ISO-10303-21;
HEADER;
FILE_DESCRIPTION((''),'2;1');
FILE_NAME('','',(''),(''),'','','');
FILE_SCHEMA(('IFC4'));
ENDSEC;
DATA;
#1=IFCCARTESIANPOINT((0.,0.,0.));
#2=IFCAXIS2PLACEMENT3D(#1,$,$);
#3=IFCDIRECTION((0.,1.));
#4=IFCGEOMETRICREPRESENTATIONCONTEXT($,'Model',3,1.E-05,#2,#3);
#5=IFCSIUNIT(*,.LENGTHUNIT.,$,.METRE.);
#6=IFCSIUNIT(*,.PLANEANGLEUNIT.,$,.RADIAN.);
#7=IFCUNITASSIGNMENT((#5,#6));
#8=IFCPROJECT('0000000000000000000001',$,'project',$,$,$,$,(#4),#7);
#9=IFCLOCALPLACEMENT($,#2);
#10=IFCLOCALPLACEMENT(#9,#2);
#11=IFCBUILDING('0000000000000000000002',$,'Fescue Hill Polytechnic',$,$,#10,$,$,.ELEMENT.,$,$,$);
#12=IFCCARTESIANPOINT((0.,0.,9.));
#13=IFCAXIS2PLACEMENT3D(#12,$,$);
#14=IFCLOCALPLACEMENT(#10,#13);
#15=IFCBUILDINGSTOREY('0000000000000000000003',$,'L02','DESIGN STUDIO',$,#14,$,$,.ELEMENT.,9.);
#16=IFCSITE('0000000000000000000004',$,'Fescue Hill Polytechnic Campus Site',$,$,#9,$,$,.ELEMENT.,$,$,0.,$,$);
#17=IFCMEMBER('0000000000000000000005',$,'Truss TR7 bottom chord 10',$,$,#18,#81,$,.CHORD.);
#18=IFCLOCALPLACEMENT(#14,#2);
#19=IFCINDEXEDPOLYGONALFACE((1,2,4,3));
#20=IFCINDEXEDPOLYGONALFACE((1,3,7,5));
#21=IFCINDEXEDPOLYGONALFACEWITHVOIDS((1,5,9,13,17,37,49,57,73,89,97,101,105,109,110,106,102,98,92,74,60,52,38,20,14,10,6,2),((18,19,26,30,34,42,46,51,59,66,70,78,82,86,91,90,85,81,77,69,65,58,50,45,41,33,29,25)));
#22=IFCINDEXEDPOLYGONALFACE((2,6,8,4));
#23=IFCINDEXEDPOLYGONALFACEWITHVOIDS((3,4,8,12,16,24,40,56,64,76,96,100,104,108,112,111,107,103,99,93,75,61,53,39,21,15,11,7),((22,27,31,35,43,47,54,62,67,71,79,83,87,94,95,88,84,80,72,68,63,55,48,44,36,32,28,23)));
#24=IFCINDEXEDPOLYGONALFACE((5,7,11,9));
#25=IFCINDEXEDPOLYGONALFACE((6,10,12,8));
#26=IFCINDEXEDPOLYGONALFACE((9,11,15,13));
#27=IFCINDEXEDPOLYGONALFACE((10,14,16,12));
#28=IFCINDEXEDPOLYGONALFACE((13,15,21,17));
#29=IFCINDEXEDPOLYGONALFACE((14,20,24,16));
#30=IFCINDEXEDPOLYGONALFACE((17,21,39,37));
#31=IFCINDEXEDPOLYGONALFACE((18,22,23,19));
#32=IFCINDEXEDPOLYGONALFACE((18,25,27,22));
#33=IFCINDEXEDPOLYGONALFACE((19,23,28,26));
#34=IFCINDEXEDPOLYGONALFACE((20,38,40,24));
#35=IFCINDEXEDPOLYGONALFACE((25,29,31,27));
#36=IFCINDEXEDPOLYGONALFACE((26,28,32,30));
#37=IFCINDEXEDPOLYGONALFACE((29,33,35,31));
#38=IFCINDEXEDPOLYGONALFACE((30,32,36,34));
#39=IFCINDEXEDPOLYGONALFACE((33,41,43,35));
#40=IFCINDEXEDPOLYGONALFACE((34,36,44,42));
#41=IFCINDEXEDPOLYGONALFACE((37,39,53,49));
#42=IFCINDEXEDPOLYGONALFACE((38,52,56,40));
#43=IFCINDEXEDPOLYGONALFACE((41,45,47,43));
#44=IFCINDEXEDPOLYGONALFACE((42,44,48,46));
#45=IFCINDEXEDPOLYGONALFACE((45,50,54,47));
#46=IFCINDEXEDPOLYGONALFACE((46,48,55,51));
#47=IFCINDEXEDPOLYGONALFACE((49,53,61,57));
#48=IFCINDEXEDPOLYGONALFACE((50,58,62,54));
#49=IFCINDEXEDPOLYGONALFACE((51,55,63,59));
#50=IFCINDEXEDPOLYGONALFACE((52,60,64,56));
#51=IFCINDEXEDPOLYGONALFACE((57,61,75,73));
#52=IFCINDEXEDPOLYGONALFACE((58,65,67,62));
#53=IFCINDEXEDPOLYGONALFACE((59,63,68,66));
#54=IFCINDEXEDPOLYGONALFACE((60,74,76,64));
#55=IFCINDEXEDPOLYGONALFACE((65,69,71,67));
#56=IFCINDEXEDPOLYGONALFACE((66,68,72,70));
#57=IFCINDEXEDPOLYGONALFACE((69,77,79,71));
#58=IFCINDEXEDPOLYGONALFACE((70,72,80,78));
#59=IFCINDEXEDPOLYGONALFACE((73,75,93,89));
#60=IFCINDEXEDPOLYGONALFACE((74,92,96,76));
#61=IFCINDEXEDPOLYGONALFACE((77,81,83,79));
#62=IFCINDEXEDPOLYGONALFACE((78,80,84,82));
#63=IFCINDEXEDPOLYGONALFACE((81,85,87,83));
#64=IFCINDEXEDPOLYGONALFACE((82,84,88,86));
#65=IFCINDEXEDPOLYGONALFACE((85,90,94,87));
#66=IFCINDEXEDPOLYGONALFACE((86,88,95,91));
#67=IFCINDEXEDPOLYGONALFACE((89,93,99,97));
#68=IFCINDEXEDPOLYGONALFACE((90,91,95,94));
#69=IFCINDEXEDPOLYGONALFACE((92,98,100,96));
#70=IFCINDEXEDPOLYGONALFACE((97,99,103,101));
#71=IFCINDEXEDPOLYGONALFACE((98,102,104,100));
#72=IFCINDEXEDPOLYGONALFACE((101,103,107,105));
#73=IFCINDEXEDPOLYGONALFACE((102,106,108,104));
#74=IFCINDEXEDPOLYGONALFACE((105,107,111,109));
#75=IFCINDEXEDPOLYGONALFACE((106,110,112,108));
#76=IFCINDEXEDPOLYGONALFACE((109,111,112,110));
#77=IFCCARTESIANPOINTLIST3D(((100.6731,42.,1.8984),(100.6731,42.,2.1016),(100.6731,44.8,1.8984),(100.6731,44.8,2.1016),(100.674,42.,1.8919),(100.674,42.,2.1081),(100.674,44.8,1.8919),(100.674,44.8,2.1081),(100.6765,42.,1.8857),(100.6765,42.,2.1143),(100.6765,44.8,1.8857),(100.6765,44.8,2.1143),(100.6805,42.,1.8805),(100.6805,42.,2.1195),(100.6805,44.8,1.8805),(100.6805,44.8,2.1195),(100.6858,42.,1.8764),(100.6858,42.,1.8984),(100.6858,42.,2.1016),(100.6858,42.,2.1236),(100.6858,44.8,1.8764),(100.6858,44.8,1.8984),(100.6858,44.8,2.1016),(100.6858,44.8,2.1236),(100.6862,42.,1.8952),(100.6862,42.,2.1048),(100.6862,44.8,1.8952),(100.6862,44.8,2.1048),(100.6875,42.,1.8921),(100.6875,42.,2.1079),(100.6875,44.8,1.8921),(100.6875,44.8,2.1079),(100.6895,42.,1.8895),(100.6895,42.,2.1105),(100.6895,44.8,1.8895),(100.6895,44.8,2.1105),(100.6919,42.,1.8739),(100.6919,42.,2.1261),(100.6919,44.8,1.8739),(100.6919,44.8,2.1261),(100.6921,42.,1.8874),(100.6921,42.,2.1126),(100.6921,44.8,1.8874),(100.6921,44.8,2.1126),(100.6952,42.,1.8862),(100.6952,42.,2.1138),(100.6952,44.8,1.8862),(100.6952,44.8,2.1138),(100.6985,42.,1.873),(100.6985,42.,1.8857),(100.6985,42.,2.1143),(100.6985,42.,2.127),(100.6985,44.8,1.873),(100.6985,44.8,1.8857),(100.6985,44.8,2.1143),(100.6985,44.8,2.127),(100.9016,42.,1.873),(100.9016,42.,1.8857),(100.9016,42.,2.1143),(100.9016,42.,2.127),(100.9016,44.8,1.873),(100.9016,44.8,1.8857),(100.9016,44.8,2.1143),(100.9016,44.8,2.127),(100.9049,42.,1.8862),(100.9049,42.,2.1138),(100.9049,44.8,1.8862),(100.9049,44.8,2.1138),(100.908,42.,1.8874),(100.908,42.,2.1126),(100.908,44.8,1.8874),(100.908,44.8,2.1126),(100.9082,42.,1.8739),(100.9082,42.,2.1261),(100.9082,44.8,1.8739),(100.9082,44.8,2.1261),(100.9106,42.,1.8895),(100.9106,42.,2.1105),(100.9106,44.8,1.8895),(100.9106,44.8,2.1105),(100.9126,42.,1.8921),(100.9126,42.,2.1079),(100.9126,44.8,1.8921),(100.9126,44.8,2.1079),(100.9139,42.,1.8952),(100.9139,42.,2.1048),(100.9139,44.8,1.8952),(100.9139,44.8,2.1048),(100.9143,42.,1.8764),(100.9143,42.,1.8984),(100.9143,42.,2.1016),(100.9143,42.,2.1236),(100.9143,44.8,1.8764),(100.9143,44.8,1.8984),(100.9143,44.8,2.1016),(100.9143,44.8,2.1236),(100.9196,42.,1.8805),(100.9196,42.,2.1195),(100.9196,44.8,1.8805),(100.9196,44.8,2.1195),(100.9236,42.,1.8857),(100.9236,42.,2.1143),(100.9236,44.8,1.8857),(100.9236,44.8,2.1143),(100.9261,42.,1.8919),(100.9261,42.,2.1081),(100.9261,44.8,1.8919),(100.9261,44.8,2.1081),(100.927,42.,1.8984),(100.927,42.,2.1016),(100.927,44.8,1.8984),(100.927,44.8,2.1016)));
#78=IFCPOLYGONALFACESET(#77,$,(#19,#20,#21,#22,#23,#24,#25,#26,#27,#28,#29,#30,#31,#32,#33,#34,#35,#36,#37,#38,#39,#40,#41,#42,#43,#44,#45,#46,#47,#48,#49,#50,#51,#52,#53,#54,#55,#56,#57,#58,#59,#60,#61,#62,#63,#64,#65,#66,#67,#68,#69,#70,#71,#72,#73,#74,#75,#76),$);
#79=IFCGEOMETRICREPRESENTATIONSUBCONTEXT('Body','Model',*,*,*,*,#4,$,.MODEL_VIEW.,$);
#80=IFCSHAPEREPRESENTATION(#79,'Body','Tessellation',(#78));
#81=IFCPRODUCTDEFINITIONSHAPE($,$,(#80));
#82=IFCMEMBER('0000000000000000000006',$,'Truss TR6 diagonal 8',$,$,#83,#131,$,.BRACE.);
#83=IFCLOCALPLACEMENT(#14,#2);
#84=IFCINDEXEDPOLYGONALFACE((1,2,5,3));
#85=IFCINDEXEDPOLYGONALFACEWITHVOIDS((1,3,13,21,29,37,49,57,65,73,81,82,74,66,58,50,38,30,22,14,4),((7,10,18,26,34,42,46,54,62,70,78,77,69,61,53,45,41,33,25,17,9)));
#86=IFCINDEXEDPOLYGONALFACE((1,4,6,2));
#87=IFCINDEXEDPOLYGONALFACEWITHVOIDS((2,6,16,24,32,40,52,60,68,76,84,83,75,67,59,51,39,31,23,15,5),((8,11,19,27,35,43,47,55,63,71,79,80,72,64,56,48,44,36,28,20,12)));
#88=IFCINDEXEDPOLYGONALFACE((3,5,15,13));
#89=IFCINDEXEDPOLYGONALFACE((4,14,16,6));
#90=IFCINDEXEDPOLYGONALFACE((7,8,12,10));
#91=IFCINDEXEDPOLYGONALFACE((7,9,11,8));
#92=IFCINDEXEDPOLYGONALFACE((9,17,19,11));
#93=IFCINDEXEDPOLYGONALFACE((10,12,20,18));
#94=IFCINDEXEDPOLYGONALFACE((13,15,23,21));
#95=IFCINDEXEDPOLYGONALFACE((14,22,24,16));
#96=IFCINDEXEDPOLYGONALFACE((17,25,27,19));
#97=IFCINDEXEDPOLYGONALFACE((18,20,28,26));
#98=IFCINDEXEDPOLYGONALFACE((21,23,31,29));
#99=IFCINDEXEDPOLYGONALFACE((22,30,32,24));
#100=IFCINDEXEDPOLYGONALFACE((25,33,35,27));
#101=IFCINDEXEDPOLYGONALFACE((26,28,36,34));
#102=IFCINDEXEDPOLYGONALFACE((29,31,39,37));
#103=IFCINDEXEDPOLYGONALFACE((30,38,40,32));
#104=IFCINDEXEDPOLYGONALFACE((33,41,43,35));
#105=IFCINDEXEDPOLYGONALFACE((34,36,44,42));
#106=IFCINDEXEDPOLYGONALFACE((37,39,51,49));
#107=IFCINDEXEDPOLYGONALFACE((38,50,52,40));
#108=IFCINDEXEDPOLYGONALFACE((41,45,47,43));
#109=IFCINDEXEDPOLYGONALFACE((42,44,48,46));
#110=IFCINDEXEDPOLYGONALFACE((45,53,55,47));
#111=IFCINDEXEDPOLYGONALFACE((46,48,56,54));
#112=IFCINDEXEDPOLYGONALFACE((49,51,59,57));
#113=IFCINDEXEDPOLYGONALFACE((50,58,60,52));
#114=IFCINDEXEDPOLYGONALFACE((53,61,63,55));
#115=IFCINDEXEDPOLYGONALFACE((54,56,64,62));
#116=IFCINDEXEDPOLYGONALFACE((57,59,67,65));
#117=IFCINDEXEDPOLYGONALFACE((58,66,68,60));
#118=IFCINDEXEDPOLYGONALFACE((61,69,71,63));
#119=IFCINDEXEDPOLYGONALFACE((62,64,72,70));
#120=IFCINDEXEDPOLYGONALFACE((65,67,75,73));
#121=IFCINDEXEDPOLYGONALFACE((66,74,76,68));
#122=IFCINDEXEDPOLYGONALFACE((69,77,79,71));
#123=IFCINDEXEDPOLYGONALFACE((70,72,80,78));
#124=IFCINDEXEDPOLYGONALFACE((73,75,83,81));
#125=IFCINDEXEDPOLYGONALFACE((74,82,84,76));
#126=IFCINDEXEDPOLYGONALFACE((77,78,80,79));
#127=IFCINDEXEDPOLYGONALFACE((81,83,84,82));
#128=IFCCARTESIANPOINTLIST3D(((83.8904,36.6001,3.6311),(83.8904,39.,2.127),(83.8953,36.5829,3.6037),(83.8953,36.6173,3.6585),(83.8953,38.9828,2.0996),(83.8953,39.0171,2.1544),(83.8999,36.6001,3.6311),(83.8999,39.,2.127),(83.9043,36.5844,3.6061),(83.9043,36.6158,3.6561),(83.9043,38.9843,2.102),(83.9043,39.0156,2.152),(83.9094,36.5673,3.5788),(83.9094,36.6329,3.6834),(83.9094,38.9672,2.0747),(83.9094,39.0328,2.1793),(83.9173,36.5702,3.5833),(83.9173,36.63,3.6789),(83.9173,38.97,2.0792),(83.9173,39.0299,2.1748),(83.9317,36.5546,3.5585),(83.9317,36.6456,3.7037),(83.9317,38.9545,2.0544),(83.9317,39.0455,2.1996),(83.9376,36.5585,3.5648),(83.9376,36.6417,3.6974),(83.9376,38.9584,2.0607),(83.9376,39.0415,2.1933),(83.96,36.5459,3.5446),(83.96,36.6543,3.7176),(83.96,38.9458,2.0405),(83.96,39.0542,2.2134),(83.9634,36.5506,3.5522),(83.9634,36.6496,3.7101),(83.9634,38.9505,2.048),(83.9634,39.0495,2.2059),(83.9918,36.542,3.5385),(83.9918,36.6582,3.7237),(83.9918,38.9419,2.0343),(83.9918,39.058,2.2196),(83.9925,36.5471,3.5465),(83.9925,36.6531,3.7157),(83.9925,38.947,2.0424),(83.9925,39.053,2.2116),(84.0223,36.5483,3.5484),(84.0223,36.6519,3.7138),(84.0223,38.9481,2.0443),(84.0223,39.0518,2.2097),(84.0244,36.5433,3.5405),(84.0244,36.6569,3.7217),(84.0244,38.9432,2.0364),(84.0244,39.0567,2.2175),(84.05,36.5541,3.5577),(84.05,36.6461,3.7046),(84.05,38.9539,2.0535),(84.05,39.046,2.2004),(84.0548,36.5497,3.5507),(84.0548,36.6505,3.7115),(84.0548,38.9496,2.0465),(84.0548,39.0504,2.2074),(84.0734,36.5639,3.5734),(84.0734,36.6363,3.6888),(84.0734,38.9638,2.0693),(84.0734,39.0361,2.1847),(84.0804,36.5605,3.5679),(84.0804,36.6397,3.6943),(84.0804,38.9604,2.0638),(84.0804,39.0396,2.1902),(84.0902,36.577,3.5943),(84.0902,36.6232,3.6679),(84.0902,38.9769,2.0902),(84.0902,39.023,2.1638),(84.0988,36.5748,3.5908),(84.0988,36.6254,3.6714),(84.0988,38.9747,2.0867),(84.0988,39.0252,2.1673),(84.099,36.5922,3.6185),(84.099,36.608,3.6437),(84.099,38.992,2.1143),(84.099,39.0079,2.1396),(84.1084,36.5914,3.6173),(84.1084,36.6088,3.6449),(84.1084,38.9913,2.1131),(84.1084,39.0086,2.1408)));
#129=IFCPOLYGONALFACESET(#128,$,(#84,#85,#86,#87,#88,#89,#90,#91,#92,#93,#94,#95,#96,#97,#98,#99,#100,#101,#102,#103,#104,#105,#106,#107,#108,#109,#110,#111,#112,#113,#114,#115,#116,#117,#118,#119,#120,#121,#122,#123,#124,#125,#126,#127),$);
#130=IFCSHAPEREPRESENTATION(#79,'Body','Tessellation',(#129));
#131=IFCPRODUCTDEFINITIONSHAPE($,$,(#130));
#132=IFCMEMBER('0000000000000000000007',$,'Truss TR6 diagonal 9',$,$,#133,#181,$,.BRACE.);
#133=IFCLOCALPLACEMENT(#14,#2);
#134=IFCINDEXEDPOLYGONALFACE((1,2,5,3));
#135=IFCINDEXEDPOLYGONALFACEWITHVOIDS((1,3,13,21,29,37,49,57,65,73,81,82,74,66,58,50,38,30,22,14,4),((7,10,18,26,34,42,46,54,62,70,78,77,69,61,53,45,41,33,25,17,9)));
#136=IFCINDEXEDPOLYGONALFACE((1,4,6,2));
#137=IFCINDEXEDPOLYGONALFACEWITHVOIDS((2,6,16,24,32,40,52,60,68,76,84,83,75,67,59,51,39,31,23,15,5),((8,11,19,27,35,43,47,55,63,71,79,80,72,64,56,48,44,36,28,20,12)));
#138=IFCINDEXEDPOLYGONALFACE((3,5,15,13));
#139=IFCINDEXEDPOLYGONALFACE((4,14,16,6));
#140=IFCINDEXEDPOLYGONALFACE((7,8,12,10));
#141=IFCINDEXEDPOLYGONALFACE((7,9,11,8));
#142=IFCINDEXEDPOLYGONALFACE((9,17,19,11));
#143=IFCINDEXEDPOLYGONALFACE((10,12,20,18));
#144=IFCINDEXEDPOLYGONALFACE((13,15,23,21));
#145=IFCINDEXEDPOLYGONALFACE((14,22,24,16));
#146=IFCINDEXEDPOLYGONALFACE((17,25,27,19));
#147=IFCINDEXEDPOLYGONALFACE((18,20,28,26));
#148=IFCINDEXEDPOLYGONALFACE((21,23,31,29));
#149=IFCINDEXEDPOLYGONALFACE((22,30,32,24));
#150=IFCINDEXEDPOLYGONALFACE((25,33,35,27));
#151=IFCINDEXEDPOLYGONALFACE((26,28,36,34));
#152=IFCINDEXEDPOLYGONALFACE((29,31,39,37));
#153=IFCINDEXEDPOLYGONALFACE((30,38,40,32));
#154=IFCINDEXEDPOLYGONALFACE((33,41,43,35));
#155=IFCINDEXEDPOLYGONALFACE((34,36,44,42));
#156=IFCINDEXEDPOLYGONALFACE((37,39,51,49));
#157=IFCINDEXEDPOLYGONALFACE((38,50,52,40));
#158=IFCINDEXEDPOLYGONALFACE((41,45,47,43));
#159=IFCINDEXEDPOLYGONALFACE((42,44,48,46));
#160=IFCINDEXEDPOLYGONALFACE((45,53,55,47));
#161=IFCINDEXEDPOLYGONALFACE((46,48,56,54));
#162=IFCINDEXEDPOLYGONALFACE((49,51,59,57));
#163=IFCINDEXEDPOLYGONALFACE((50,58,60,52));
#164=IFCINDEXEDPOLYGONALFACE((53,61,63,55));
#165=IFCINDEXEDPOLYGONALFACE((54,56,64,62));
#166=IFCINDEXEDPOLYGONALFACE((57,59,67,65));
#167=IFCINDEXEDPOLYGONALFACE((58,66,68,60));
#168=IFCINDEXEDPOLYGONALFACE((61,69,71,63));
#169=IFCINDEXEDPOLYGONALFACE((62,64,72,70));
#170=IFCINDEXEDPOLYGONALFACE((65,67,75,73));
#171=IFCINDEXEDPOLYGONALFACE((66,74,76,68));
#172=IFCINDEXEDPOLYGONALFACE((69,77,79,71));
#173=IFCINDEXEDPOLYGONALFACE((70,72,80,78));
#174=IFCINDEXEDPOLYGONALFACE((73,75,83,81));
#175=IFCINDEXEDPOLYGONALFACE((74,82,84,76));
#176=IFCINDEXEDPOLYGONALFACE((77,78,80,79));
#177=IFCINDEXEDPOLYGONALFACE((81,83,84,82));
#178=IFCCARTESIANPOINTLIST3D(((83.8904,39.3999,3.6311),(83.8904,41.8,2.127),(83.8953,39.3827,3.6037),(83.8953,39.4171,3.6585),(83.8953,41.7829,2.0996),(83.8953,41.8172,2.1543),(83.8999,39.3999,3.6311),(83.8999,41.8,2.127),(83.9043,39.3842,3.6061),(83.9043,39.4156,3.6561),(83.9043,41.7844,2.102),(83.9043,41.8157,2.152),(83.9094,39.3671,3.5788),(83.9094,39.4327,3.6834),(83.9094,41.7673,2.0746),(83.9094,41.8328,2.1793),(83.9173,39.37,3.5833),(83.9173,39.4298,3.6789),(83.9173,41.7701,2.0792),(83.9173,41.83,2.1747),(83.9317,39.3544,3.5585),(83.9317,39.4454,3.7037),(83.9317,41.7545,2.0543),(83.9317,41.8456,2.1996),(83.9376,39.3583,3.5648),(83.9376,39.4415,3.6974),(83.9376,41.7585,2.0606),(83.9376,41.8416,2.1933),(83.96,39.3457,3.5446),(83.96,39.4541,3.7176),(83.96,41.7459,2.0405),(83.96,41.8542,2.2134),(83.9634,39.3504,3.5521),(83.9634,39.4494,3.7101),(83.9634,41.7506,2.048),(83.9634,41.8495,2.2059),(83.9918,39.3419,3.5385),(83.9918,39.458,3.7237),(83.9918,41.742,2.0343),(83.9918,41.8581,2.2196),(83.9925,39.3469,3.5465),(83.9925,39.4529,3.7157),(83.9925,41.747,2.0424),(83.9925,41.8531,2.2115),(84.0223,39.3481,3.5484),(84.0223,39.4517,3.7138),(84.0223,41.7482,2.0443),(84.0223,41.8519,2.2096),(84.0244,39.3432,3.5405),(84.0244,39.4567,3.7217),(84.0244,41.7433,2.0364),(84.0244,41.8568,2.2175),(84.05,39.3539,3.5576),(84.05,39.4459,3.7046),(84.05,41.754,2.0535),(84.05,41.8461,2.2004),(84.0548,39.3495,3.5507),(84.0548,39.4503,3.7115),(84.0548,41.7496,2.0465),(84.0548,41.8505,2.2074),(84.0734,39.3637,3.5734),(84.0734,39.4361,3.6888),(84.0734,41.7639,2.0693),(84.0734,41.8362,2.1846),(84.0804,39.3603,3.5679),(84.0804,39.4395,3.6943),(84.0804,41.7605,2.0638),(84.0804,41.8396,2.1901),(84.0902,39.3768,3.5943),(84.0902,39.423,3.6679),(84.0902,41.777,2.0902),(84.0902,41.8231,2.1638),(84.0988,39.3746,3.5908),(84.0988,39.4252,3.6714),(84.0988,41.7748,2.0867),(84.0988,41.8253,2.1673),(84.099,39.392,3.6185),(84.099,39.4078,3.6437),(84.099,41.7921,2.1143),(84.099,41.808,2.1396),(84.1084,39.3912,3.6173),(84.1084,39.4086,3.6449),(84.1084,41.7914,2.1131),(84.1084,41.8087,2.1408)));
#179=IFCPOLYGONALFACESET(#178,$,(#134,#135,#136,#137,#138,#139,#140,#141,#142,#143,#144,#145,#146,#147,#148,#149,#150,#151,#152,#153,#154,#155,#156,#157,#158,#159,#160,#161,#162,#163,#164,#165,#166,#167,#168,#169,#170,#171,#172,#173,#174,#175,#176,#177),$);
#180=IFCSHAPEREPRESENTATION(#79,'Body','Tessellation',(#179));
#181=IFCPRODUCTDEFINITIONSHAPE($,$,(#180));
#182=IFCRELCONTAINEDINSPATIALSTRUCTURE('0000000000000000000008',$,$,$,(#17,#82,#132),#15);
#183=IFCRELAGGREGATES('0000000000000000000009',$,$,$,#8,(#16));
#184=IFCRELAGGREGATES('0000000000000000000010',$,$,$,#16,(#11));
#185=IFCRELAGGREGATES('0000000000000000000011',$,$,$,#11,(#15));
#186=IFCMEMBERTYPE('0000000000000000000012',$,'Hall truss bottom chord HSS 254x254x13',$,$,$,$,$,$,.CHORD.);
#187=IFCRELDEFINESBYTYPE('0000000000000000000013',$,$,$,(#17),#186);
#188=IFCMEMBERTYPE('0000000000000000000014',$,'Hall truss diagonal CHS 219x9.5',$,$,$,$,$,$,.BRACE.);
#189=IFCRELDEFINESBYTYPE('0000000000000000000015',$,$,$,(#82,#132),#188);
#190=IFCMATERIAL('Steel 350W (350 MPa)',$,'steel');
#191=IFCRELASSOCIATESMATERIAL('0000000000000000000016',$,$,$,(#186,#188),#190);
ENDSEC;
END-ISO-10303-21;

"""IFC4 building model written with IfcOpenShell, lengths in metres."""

from ifc_helpers import new_model, si_unit, direction, frame, origin, origin_2d, place, context, subcontext, project, spatial, hollow_rectangle, hollow_circle, extrude, material, material_profile, profile_set, type_object, element, save


model = new_model("IFC4")

# Units and contexts
model_context = context("Model", 3, precision=1e-05, world=origin(), true_north=direction((0.0, 1.0)))
body_context = subcontext(model_context, "Body", "Model", "MODEL_VIEW")
ifc_project = project(units=[si_unit("LENGTHUNIT", "METRE"), si_unit("PLANEANGLEUNIT", "RADIAN")], contexts=[model_context])

# Site, building, storey
site_placement = place(None, origin())
site = spatial("IfcSite", under=ifc_project, at=site_placement, Name="Fescue Hill Polytechnic Campus Site", CompositionType="ELEMENT", RefElevation=0.0)
building_placement = place(site_placement, origin())
building = spatial("IfcBuilding", under=site, at=building_placement, Name="Fescue Hill Polytechnic", CompositionType="ELEMENT")
storey_placement = place(building_placement, frame((0.0, 0.0, 9.0)))
storey = spatial("IfcBuildingStorey", under=building, at=storey_placement, Name="L02", Description="DESIGN STUDIO", CompositionType="ELEMENT", Elevation=9.0)

# Members
ifc_material = material(Name="Steel 350W (350 MPa)", Category="steel")
ifc_material_profile_1 = material_profile(ifc_material, hollow_rectangle(XDim=0.2539, YDim=0.2539, WallThickness=0.0127, InnerFilletRadius=0.0127, OuterFilletRadius=0.0254, at=origin_2d()), Name="Hall truss bottom chord HSS 254x254x13")
ifc_profile_set_1 = profile_set([ifc_material_profile_1], Name="Steel 350W (350 MPa)")
member_type_1 = type_object("IfcMemberType", Name="Hall truss bottom chord HSS 254x254x13", PredefinedType="CHORD", material=ifc_profile_set_1)
for number, where, z_axis, x_axis, name in (
    (1, (100.8, 42.0, 2.0), (0.0, 1.0, 0.0), (-1.0, 0.0, 0.0), "Truss TR7 bottom chord 10"),
):
    element("IfcMember", number, at=place(storey_placement, frame(where, z_axis=z_axis, x_axis=x_axis)), inside=storey, type_object=member_type_1, Name=name, PredefinedType="CHORD", context=body_context, shape_type="SweptSolid", body=[
        extrude(hollow_rectangle(XDim=0.2539, YDim=0.2539, WallThickness=0.0127, InnerFilletRadius=0.0127, OuterFilletRadius=0.0254, at=origin_2d()), origin(), (0.0, 0.0, 1.0), 2.8),
    ])
ifc_material_profile_2 = material_profile(ifc_material, hollow_circle(Radius=0.1096, WallThickness=0.0095, at=origin_2d()), Name="Hall truss diagonal CHS 219x9.5")
ifc_profile_set_2 = profile_set([ifc_material_profile_2], Name="Steel 350W (350 MPa)")
member_type_2 = type_object("IfcMemberType", Name="Hall truss diagonal CHS 219x9.5", PredefinedType="BRACE", material=ifc_profile_set_2)
member_1_placement = place(storey_placement, frame((84.0, 36.6001, 3.6311), z_axis=(0.0, 0.847329, -0.531068), x_axis=(-1.0, 0.0, 0.0)))
element("IfcMember", 2, at=member_1_placement, inside=storey, type_object=member_type_2, Name="Truss TR6 diagonal 8", PredefinedType="BRACE", context=body_context, shape_type="SweptSolid", body=[
    extrude(hollow_circle(Radius=0.1096, WallThickness=0.0095, at=origin_2d()), origin(), (0.0, 0.0, 1.0), 2.8323),
])
member_2_placement = place(storey_placement, frame((84.0, 39.3999, 3.6311), z_axis=(0.0, 0.847354, -0.531029), x_axis=(-1.0, 0.0, 0.0)))
element("IfcMember", 3, at=member_2_placement, inside=storey, type_object=member_type_2, Name="Truss TR6 diagonal 9", PredefinedType="BRACE", context=body_context, shape_type="SweptSolid", body=[
    extrude(hollow_circle(Radius=0.1096, WallThickness=0.0095, at=origin_2d()), origin(), (0.0, 0.0, 1.0), 2.8325),
])

save(model, "model.ifc")
